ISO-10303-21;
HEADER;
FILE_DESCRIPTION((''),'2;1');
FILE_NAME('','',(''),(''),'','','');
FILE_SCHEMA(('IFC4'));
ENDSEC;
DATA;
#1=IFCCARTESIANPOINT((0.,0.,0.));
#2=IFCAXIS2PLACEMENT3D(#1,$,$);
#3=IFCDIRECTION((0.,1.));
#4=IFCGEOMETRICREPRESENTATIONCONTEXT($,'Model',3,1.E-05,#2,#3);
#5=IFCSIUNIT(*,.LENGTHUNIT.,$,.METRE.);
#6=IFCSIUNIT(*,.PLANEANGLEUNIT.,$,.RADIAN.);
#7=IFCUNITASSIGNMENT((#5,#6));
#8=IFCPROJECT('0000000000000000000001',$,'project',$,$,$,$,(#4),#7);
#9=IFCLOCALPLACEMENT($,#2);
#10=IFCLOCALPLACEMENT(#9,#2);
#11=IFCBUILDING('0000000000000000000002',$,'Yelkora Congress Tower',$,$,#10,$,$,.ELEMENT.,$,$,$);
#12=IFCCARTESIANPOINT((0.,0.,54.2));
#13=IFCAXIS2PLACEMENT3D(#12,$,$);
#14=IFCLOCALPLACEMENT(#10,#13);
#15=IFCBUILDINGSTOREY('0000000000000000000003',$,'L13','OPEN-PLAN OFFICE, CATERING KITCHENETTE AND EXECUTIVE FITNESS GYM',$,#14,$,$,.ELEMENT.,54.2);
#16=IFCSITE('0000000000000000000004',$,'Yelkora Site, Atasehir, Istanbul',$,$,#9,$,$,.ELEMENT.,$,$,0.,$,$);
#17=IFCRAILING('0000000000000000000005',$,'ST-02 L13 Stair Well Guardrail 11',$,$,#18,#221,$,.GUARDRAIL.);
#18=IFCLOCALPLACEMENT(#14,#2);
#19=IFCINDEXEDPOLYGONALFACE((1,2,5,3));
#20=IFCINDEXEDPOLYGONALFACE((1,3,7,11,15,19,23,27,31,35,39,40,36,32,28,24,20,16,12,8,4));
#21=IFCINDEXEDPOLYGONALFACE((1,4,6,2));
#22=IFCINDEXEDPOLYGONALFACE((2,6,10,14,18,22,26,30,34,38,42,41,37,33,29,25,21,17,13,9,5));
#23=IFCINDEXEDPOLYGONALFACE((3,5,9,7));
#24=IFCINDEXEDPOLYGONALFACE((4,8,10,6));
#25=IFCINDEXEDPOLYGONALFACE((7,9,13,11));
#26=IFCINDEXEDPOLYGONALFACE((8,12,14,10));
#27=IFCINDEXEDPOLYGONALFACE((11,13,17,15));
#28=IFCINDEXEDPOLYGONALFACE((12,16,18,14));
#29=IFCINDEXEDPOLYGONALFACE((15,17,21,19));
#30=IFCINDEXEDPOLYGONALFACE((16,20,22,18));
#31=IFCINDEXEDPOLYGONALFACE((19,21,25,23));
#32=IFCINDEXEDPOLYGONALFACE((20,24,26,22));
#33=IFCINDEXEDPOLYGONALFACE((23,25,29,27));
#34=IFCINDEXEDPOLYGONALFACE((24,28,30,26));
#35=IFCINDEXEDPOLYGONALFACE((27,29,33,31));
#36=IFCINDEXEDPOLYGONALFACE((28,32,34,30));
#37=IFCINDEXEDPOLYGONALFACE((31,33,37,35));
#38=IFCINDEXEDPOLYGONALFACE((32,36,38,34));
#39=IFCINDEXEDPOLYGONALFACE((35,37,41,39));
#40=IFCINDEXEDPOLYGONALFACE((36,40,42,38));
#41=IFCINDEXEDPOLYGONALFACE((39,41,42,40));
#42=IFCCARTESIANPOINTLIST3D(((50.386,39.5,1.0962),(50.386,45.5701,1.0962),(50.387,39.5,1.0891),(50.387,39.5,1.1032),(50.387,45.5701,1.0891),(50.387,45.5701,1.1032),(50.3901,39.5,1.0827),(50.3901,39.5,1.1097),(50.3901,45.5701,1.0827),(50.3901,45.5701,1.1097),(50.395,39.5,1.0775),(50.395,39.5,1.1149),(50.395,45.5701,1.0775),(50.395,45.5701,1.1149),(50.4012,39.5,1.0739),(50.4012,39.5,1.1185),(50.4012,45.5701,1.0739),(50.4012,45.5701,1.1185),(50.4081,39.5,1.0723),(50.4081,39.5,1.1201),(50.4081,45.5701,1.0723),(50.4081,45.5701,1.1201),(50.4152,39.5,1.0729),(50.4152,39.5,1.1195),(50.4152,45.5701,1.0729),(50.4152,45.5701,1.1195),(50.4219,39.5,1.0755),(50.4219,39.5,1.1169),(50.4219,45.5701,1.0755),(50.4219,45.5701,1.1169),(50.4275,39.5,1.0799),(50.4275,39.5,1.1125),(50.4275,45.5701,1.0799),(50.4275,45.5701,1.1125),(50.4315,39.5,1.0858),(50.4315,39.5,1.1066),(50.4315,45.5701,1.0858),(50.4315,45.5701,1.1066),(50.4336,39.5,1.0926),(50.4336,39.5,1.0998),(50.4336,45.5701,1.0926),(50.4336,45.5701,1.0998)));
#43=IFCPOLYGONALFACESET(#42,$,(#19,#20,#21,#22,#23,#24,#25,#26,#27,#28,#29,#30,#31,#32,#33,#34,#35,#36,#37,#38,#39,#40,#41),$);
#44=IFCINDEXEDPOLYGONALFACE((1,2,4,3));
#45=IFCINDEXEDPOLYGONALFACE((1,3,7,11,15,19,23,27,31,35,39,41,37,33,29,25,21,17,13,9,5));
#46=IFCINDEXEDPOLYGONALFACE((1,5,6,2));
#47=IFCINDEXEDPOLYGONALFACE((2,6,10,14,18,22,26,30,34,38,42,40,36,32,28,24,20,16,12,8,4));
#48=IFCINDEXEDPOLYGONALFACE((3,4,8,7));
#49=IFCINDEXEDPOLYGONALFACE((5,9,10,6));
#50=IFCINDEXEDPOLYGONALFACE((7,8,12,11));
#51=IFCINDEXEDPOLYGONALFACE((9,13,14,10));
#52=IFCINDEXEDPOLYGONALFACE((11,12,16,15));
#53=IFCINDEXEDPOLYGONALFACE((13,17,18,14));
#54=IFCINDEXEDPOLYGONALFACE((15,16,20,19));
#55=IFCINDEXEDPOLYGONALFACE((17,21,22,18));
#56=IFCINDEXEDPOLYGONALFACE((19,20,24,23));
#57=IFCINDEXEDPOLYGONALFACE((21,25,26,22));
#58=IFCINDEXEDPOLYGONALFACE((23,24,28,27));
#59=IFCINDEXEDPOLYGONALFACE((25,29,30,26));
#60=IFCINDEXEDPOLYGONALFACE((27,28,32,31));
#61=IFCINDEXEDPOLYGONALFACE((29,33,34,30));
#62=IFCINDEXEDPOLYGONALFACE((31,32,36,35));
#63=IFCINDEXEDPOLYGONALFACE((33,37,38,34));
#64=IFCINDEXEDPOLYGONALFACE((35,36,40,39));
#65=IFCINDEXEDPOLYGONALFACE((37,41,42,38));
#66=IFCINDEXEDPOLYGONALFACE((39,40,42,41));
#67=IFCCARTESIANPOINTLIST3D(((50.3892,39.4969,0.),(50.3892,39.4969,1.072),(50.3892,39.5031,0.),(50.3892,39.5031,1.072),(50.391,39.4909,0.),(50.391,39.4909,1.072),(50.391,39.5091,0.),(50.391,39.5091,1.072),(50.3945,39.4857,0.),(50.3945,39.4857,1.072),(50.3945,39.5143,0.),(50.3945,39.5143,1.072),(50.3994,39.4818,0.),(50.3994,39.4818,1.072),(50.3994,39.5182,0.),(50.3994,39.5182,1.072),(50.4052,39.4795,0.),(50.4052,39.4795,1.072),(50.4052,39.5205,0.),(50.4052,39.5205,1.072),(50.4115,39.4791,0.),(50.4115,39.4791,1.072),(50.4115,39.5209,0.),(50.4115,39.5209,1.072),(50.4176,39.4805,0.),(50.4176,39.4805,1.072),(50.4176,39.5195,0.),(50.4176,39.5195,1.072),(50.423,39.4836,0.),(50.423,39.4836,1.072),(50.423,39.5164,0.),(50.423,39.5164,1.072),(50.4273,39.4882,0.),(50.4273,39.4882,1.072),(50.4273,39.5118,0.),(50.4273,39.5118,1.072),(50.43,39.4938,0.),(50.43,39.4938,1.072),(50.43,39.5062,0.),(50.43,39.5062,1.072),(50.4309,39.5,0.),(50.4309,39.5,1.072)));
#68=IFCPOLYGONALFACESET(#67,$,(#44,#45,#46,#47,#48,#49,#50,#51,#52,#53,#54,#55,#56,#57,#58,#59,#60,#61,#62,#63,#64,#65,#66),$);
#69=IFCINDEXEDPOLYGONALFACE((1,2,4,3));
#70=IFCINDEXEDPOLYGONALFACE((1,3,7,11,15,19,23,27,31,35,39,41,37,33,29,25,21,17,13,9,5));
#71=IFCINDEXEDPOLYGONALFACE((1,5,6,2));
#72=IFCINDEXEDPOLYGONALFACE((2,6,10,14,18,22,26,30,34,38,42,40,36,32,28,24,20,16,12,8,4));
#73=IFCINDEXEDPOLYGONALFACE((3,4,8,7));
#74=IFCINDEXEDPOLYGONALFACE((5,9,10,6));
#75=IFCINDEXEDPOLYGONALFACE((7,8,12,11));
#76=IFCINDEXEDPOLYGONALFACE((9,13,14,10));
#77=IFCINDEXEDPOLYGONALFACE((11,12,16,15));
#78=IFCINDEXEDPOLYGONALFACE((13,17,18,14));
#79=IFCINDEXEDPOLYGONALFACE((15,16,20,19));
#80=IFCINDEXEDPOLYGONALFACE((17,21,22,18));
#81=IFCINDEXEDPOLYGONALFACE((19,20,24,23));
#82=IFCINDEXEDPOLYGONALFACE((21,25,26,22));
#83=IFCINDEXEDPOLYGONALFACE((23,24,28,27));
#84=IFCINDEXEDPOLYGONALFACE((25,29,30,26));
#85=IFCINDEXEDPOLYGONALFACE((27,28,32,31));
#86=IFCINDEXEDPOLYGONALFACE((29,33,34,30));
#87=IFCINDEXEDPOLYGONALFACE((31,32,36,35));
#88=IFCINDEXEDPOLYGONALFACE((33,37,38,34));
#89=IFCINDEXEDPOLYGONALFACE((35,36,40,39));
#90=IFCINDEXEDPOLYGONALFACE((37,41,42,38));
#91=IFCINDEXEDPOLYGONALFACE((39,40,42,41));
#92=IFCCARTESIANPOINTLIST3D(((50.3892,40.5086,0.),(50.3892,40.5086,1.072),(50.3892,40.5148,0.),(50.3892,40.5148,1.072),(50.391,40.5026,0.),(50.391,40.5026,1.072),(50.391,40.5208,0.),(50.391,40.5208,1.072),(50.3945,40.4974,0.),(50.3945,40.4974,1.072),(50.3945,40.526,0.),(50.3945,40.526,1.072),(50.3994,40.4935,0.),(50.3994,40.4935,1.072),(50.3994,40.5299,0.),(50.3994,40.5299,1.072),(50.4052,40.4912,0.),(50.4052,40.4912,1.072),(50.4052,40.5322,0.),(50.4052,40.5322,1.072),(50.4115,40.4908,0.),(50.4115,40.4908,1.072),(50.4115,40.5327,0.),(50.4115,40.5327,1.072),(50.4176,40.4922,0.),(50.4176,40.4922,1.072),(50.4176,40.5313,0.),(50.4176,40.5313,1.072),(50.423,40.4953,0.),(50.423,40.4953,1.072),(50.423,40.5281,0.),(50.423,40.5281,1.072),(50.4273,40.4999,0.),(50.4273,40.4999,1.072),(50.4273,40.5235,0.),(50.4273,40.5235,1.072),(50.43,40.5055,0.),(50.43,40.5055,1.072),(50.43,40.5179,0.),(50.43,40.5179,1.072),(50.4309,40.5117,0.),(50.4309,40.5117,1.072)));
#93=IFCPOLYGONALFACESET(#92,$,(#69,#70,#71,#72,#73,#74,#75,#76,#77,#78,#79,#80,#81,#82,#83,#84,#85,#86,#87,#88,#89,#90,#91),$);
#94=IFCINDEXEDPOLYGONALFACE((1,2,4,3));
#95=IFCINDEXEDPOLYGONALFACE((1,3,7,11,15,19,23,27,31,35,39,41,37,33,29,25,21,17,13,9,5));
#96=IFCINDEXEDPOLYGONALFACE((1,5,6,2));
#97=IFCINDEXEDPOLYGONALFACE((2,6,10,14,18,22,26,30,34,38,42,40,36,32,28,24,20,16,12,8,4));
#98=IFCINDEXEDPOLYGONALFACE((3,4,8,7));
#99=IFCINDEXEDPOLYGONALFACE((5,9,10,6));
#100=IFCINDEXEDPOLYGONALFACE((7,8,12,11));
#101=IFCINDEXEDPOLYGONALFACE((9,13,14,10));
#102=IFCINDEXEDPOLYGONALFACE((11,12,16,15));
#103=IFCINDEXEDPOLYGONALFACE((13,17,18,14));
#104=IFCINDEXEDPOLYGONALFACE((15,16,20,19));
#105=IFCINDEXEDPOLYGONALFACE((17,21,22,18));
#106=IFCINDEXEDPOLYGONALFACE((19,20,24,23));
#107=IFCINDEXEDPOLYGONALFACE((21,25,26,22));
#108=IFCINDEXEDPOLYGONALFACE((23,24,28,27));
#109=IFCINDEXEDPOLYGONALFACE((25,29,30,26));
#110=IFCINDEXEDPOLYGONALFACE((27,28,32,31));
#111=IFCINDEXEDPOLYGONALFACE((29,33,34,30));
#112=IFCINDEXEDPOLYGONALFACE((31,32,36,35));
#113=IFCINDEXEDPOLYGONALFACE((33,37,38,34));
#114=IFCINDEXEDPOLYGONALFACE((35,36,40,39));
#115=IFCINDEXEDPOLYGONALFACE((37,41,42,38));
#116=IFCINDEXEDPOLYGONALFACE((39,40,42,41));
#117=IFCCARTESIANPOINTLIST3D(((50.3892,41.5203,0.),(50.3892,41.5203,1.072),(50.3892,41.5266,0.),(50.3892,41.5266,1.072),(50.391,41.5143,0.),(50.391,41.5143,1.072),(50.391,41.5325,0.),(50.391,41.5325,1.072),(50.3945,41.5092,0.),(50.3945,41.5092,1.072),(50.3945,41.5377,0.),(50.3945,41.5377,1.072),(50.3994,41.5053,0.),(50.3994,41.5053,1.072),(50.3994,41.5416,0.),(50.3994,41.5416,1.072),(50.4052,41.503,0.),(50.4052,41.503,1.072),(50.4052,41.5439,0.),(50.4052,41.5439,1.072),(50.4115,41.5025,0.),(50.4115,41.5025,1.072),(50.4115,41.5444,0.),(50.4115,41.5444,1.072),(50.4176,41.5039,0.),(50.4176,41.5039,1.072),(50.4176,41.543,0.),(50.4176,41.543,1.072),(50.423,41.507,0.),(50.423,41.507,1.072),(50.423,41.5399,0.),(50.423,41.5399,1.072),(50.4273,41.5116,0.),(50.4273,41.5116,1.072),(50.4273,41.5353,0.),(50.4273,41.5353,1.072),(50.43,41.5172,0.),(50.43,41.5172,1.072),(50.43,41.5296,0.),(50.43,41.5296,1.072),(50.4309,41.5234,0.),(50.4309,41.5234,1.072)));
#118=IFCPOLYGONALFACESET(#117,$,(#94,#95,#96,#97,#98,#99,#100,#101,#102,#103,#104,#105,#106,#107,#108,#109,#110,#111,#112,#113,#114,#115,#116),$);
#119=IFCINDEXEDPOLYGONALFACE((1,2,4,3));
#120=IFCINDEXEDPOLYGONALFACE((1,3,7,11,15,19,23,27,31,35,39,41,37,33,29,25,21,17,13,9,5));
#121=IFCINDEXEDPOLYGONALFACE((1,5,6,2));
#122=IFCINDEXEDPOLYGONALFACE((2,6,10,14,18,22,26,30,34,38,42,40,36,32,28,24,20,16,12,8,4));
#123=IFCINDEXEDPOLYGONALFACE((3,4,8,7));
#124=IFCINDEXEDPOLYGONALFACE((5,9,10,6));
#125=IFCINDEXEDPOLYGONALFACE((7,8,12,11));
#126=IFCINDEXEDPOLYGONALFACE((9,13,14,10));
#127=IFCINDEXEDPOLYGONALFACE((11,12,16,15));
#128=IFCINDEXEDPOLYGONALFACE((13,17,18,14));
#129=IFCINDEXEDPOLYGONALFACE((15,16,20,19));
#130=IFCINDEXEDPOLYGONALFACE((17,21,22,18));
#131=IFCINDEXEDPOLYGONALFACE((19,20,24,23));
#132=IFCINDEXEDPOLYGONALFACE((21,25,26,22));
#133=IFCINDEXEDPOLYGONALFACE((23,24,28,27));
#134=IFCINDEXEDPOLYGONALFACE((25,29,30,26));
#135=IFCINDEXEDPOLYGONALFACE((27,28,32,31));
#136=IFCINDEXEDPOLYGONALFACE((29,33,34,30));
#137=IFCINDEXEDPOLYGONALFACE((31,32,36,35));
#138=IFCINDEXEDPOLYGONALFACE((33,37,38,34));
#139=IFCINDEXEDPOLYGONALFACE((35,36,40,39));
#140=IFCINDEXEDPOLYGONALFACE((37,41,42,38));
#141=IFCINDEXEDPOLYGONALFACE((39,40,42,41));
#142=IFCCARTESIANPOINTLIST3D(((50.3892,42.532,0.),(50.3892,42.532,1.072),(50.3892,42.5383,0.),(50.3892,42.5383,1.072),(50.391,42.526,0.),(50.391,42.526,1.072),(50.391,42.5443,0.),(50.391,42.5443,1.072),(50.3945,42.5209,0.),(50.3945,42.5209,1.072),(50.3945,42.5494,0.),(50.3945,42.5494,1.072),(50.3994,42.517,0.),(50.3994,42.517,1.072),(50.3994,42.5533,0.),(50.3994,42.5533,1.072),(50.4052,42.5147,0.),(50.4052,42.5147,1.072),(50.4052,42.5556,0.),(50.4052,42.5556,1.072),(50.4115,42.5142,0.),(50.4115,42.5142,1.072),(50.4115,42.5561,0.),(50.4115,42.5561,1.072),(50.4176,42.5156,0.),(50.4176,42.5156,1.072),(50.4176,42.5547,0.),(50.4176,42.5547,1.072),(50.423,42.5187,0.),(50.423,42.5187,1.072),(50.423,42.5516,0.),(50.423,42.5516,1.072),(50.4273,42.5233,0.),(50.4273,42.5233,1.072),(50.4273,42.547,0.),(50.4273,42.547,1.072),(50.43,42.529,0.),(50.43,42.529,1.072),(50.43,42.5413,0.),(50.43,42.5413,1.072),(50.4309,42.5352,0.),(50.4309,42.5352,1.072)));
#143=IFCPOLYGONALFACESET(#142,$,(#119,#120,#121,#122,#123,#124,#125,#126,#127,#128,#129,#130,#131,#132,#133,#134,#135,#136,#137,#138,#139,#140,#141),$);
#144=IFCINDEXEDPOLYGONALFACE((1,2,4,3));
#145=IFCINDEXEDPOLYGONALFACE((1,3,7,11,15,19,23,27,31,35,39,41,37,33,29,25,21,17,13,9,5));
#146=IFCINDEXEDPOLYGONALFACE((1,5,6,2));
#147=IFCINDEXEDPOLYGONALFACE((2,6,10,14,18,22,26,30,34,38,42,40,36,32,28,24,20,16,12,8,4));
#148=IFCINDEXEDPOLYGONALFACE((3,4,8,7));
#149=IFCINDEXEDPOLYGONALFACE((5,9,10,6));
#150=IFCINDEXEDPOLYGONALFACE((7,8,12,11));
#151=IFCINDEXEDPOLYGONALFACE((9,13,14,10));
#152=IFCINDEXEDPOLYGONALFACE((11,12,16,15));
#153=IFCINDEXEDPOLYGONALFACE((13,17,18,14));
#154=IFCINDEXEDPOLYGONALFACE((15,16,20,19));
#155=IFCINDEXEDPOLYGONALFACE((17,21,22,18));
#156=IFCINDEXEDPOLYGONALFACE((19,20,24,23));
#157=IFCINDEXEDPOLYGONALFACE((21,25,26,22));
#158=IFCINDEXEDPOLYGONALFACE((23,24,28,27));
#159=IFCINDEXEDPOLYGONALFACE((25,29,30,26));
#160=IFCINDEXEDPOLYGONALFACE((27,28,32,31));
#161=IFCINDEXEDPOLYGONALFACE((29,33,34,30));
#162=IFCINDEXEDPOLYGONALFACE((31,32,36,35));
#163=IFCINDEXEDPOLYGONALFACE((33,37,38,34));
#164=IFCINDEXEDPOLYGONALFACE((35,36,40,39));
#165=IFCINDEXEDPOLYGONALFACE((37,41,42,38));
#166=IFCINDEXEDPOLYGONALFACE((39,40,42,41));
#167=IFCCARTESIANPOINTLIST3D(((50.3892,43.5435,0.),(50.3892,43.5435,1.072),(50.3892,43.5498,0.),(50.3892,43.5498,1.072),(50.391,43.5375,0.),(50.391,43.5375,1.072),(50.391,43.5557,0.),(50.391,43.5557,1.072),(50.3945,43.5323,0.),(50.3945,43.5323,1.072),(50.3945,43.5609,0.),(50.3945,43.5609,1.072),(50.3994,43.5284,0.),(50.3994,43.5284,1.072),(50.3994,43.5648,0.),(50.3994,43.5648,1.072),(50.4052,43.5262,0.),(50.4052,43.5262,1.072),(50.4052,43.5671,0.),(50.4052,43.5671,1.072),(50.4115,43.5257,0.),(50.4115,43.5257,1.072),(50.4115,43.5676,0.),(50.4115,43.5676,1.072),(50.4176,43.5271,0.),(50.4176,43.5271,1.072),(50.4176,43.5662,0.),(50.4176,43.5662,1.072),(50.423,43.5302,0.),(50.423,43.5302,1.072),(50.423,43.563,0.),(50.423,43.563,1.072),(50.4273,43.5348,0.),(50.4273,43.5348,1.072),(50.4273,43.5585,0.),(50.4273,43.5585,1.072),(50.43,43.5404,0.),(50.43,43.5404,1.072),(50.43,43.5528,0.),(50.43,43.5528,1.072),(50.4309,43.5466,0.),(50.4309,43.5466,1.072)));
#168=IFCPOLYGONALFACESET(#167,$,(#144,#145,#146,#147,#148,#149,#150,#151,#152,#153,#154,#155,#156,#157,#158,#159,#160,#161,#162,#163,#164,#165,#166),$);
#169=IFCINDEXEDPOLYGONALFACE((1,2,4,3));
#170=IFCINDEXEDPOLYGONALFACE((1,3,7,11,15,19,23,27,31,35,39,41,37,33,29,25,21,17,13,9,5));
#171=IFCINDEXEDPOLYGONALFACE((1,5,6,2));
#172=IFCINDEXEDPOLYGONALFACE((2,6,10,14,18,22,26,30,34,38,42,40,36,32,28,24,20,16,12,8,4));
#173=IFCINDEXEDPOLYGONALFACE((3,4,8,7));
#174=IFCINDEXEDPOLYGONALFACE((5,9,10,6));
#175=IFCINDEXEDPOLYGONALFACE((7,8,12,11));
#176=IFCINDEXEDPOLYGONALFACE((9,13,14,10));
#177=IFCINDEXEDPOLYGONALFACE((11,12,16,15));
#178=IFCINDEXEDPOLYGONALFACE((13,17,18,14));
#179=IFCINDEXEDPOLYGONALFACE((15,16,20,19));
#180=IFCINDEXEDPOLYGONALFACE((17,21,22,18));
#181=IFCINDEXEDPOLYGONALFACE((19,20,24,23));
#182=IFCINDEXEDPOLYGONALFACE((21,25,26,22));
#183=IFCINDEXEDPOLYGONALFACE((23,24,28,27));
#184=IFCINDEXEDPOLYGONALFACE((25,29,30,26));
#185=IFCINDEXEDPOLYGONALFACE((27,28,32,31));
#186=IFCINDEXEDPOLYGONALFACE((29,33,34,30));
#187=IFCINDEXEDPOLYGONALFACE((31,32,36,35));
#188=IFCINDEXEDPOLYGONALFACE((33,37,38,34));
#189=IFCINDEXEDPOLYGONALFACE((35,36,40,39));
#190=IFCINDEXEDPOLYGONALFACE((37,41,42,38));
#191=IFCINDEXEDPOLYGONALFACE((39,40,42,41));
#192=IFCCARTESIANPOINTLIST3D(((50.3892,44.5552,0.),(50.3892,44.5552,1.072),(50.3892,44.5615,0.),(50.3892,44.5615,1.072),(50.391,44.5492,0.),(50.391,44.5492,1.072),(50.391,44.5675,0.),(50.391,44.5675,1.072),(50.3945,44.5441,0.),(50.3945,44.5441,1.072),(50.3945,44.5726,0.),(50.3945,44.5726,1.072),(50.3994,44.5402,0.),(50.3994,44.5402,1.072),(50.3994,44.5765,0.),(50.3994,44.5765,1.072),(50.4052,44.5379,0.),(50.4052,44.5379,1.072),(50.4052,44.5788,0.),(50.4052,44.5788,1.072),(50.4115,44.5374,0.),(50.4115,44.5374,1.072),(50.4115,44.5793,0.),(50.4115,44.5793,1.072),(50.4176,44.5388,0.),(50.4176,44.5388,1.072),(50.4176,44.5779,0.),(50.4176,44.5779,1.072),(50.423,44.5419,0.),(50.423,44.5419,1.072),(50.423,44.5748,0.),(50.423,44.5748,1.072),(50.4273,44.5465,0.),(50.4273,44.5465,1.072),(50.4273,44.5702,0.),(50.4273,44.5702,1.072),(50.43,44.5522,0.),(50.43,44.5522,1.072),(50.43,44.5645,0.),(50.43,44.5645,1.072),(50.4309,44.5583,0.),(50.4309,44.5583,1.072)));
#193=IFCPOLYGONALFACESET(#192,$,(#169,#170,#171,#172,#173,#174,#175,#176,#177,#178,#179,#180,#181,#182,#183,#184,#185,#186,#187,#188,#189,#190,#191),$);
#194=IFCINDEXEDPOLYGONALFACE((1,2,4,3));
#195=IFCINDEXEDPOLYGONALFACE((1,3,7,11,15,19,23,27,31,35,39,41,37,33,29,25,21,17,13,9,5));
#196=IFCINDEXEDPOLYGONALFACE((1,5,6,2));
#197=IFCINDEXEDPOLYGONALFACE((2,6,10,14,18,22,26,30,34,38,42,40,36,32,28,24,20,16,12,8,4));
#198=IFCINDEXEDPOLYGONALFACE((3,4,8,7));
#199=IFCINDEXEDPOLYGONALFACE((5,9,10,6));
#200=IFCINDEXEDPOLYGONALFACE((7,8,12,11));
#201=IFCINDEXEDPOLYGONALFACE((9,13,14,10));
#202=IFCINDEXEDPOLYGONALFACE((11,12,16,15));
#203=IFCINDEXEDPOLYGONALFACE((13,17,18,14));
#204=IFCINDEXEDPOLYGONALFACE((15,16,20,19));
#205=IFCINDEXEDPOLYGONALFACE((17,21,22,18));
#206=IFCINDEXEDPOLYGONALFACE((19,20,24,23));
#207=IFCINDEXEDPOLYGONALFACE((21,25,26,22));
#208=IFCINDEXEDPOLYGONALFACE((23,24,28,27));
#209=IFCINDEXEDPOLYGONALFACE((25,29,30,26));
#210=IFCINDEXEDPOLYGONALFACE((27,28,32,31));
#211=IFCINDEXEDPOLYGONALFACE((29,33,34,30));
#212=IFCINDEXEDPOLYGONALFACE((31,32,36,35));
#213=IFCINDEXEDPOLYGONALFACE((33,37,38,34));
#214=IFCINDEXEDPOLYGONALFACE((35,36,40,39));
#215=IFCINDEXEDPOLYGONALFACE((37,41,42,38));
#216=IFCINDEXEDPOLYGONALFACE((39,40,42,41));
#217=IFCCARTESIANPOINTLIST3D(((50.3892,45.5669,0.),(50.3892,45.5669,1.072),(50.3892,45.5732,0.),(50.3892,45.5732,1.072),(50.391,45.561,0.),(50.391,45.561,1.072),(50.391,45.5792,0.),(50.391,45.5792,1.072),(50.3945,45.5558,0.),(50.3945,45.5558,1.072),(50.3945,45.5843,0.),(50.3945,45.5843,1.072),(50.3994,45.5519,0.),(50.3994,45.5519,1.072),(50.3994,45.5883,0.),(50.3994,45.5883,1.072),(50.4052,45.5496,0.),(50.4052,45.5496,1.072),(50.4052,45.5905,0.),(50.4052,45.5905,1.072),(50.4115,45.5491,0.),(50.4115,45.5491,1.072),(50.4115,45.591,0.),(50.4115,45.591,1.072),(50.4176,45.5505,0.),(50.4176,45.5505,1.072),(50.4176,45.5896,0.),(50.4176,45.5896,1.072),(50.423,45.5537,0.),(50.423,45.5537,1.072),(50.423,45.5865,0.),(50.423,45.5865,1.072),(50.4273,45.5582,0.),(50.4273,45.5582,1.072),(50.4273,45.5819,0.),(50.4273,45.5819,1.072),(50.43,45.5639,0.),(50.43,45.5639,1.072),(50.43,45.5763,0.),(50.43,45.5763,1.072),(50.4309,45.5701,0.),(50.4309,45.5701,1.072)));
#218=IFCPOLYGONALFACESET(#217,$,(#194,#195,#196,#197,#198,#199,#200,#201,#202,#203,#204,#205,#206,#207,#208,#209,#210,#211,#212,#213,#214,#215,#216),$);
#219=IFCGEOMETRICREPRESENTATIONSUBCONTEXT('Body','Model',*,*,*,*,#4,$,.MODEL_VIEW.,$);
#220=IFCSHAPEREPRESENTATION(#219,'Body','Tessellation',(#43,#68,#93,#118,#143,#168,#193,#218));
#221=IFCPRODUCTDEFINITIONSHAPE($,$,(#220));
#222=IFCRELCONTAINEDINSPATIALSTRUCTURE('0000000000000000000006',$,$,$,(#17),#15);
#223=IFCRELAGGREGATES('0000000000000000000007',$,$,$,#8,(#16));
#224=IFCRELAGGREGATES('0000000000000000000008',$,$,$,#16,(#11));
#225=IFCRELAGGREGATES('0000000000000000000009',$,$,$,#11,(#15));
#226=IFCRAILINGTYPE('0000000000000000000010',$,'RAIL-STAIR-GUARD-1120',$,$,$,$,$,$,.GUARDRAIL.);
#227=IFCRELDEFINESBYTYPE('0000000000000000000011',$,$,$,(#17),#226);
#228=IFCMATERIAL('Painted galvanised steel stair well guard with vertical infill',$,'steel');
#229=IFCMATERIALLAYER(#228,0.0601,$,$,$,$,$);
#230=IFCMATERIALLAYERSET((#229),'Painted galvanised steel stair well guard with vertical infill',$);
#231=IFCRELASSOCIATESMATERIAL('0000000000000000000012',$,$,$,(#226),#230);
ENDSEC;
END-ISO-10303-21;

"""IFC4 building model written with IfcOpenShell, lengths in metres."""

from ifc_helpers import new_model, si_unit, direction, frame, origin, origin_2d, place, context, subcontext, project, spatial, circle, extrude, material, layer, layer_set, type_object, element, save


model = new_model("IFC4")

# Units and contexts
model_context = context("Model", 3, precision=1e-05, world=origin(), true_north=direction((0.0, 1.0)))
body_context = subcontext(model_context, "Body", "Model", "MODEL_VIEW")
ifc_project = project(units=[si_unit("LENGTHUNIT", "METRE"), si_unit("PLANEANGLEUNIT", "RADIAN")], contexts=[model_context])

# Site, building, storey
site_placement = place(None, origin())
site = spatial("IfcSite", under=ifc_project, at=site_placement, Name="Yelkora Site, Atasehir, Istanbul", CompositionType="ELEMENT", RefElevation=0.0)
building_placement = place(site_placement, origin())
building = spatial("IfcBuilding", under=site, at=building_placement, Name="Yelkora Congress Tower", CompositionType="ELEMENT")
storey_placement = place(building_placement, frame((0.0, 0.0, 54.2)))
storey = spatial("IfcBuildingStorey", under=building, at=storey_placement, Name="L13", Description="OPEN-PLAN OFFICE, CATERING KITCHENETTE AND EXECUTIVE FITNESS GYM", CompositionType="ELEMENT", Elevation=54.2)

# Railing
ifc_material_1 = material(Name="Painted galvanised steel stair well guard with vertical infill", Category="steel")
ifc_layer_1 = layer(ifc_material_1, 0.0601)
ifc_layer_set_1 = layer_set([ifc_layer_1], Name="Painted galvanised steel stair well guard with vertical infill")
railing_type_1 = type_object("IfcRailingType", Name="RAIL-STAIR-GUARD-1120", PredefinedType="GUARDRAIL", material=ifc_layer_set_1)
railing_1_placement = place(storey_placement, frame((50.4099, 39.5, 0.0)))
element("IfcRailing", 1, at=railing_1_placement, inside=storey, type_object=railing_type_1, Name="ST-02 L13 Stair Well Guardrail 11", PredefinedType="GUARDRAIL", context=body_context, shape_type="SweptSolid", body=[
    extrude(circle(Radius=0.0239, at=origin_2d()), frame((0.0, 0.0, 1.0962), z_axis=(0.0, 1.0, 0.0), x_axis=(-1.0, 0.0, 0.0)), (0.0, 0.0, 1.0), 6.0701),
    extrude(circle(Radius=0.021, at=origin_2d()), origin(), (0.0, 0.0, 1.0), 1.072),
    extrude(circle(Radius=0.021, at=origin_2d()), frame((0.0, 1.0117, 0.0)), (0.0, 0.0, 1.0), 1.072),
    extrude(circle(Radius=0.021, at=origin_2d()), frame((0.0, 2.0234, 0.0)), (0.0, 0.0, 1.0), 1.072),
    extrude(circle(Radius=0.021, at=origin_2d()), frame((0.0, 3.0352, 0.0)), (0.0, 0.0, 1.0), 1.072),
    extrude(circle(Radius=0.021, at=origin_2d()), frame((0.0, 4.0466, 0.0)), (0.0, 0.0, 1.0), 1.072),
    extrude(circle(Radius=0.021, at=origin_2d()), frame((0.0, 5.0583, 0.0)), (0.0, 0.0, 1.0), 1.072),
    extrude(circle(Radius=0.021, at=origin_2d()), frame((0.0, 6.0701, 0.0)), (0.0, 0.0, 1.0), 1.072),
])

save(model, "model.ifc")
